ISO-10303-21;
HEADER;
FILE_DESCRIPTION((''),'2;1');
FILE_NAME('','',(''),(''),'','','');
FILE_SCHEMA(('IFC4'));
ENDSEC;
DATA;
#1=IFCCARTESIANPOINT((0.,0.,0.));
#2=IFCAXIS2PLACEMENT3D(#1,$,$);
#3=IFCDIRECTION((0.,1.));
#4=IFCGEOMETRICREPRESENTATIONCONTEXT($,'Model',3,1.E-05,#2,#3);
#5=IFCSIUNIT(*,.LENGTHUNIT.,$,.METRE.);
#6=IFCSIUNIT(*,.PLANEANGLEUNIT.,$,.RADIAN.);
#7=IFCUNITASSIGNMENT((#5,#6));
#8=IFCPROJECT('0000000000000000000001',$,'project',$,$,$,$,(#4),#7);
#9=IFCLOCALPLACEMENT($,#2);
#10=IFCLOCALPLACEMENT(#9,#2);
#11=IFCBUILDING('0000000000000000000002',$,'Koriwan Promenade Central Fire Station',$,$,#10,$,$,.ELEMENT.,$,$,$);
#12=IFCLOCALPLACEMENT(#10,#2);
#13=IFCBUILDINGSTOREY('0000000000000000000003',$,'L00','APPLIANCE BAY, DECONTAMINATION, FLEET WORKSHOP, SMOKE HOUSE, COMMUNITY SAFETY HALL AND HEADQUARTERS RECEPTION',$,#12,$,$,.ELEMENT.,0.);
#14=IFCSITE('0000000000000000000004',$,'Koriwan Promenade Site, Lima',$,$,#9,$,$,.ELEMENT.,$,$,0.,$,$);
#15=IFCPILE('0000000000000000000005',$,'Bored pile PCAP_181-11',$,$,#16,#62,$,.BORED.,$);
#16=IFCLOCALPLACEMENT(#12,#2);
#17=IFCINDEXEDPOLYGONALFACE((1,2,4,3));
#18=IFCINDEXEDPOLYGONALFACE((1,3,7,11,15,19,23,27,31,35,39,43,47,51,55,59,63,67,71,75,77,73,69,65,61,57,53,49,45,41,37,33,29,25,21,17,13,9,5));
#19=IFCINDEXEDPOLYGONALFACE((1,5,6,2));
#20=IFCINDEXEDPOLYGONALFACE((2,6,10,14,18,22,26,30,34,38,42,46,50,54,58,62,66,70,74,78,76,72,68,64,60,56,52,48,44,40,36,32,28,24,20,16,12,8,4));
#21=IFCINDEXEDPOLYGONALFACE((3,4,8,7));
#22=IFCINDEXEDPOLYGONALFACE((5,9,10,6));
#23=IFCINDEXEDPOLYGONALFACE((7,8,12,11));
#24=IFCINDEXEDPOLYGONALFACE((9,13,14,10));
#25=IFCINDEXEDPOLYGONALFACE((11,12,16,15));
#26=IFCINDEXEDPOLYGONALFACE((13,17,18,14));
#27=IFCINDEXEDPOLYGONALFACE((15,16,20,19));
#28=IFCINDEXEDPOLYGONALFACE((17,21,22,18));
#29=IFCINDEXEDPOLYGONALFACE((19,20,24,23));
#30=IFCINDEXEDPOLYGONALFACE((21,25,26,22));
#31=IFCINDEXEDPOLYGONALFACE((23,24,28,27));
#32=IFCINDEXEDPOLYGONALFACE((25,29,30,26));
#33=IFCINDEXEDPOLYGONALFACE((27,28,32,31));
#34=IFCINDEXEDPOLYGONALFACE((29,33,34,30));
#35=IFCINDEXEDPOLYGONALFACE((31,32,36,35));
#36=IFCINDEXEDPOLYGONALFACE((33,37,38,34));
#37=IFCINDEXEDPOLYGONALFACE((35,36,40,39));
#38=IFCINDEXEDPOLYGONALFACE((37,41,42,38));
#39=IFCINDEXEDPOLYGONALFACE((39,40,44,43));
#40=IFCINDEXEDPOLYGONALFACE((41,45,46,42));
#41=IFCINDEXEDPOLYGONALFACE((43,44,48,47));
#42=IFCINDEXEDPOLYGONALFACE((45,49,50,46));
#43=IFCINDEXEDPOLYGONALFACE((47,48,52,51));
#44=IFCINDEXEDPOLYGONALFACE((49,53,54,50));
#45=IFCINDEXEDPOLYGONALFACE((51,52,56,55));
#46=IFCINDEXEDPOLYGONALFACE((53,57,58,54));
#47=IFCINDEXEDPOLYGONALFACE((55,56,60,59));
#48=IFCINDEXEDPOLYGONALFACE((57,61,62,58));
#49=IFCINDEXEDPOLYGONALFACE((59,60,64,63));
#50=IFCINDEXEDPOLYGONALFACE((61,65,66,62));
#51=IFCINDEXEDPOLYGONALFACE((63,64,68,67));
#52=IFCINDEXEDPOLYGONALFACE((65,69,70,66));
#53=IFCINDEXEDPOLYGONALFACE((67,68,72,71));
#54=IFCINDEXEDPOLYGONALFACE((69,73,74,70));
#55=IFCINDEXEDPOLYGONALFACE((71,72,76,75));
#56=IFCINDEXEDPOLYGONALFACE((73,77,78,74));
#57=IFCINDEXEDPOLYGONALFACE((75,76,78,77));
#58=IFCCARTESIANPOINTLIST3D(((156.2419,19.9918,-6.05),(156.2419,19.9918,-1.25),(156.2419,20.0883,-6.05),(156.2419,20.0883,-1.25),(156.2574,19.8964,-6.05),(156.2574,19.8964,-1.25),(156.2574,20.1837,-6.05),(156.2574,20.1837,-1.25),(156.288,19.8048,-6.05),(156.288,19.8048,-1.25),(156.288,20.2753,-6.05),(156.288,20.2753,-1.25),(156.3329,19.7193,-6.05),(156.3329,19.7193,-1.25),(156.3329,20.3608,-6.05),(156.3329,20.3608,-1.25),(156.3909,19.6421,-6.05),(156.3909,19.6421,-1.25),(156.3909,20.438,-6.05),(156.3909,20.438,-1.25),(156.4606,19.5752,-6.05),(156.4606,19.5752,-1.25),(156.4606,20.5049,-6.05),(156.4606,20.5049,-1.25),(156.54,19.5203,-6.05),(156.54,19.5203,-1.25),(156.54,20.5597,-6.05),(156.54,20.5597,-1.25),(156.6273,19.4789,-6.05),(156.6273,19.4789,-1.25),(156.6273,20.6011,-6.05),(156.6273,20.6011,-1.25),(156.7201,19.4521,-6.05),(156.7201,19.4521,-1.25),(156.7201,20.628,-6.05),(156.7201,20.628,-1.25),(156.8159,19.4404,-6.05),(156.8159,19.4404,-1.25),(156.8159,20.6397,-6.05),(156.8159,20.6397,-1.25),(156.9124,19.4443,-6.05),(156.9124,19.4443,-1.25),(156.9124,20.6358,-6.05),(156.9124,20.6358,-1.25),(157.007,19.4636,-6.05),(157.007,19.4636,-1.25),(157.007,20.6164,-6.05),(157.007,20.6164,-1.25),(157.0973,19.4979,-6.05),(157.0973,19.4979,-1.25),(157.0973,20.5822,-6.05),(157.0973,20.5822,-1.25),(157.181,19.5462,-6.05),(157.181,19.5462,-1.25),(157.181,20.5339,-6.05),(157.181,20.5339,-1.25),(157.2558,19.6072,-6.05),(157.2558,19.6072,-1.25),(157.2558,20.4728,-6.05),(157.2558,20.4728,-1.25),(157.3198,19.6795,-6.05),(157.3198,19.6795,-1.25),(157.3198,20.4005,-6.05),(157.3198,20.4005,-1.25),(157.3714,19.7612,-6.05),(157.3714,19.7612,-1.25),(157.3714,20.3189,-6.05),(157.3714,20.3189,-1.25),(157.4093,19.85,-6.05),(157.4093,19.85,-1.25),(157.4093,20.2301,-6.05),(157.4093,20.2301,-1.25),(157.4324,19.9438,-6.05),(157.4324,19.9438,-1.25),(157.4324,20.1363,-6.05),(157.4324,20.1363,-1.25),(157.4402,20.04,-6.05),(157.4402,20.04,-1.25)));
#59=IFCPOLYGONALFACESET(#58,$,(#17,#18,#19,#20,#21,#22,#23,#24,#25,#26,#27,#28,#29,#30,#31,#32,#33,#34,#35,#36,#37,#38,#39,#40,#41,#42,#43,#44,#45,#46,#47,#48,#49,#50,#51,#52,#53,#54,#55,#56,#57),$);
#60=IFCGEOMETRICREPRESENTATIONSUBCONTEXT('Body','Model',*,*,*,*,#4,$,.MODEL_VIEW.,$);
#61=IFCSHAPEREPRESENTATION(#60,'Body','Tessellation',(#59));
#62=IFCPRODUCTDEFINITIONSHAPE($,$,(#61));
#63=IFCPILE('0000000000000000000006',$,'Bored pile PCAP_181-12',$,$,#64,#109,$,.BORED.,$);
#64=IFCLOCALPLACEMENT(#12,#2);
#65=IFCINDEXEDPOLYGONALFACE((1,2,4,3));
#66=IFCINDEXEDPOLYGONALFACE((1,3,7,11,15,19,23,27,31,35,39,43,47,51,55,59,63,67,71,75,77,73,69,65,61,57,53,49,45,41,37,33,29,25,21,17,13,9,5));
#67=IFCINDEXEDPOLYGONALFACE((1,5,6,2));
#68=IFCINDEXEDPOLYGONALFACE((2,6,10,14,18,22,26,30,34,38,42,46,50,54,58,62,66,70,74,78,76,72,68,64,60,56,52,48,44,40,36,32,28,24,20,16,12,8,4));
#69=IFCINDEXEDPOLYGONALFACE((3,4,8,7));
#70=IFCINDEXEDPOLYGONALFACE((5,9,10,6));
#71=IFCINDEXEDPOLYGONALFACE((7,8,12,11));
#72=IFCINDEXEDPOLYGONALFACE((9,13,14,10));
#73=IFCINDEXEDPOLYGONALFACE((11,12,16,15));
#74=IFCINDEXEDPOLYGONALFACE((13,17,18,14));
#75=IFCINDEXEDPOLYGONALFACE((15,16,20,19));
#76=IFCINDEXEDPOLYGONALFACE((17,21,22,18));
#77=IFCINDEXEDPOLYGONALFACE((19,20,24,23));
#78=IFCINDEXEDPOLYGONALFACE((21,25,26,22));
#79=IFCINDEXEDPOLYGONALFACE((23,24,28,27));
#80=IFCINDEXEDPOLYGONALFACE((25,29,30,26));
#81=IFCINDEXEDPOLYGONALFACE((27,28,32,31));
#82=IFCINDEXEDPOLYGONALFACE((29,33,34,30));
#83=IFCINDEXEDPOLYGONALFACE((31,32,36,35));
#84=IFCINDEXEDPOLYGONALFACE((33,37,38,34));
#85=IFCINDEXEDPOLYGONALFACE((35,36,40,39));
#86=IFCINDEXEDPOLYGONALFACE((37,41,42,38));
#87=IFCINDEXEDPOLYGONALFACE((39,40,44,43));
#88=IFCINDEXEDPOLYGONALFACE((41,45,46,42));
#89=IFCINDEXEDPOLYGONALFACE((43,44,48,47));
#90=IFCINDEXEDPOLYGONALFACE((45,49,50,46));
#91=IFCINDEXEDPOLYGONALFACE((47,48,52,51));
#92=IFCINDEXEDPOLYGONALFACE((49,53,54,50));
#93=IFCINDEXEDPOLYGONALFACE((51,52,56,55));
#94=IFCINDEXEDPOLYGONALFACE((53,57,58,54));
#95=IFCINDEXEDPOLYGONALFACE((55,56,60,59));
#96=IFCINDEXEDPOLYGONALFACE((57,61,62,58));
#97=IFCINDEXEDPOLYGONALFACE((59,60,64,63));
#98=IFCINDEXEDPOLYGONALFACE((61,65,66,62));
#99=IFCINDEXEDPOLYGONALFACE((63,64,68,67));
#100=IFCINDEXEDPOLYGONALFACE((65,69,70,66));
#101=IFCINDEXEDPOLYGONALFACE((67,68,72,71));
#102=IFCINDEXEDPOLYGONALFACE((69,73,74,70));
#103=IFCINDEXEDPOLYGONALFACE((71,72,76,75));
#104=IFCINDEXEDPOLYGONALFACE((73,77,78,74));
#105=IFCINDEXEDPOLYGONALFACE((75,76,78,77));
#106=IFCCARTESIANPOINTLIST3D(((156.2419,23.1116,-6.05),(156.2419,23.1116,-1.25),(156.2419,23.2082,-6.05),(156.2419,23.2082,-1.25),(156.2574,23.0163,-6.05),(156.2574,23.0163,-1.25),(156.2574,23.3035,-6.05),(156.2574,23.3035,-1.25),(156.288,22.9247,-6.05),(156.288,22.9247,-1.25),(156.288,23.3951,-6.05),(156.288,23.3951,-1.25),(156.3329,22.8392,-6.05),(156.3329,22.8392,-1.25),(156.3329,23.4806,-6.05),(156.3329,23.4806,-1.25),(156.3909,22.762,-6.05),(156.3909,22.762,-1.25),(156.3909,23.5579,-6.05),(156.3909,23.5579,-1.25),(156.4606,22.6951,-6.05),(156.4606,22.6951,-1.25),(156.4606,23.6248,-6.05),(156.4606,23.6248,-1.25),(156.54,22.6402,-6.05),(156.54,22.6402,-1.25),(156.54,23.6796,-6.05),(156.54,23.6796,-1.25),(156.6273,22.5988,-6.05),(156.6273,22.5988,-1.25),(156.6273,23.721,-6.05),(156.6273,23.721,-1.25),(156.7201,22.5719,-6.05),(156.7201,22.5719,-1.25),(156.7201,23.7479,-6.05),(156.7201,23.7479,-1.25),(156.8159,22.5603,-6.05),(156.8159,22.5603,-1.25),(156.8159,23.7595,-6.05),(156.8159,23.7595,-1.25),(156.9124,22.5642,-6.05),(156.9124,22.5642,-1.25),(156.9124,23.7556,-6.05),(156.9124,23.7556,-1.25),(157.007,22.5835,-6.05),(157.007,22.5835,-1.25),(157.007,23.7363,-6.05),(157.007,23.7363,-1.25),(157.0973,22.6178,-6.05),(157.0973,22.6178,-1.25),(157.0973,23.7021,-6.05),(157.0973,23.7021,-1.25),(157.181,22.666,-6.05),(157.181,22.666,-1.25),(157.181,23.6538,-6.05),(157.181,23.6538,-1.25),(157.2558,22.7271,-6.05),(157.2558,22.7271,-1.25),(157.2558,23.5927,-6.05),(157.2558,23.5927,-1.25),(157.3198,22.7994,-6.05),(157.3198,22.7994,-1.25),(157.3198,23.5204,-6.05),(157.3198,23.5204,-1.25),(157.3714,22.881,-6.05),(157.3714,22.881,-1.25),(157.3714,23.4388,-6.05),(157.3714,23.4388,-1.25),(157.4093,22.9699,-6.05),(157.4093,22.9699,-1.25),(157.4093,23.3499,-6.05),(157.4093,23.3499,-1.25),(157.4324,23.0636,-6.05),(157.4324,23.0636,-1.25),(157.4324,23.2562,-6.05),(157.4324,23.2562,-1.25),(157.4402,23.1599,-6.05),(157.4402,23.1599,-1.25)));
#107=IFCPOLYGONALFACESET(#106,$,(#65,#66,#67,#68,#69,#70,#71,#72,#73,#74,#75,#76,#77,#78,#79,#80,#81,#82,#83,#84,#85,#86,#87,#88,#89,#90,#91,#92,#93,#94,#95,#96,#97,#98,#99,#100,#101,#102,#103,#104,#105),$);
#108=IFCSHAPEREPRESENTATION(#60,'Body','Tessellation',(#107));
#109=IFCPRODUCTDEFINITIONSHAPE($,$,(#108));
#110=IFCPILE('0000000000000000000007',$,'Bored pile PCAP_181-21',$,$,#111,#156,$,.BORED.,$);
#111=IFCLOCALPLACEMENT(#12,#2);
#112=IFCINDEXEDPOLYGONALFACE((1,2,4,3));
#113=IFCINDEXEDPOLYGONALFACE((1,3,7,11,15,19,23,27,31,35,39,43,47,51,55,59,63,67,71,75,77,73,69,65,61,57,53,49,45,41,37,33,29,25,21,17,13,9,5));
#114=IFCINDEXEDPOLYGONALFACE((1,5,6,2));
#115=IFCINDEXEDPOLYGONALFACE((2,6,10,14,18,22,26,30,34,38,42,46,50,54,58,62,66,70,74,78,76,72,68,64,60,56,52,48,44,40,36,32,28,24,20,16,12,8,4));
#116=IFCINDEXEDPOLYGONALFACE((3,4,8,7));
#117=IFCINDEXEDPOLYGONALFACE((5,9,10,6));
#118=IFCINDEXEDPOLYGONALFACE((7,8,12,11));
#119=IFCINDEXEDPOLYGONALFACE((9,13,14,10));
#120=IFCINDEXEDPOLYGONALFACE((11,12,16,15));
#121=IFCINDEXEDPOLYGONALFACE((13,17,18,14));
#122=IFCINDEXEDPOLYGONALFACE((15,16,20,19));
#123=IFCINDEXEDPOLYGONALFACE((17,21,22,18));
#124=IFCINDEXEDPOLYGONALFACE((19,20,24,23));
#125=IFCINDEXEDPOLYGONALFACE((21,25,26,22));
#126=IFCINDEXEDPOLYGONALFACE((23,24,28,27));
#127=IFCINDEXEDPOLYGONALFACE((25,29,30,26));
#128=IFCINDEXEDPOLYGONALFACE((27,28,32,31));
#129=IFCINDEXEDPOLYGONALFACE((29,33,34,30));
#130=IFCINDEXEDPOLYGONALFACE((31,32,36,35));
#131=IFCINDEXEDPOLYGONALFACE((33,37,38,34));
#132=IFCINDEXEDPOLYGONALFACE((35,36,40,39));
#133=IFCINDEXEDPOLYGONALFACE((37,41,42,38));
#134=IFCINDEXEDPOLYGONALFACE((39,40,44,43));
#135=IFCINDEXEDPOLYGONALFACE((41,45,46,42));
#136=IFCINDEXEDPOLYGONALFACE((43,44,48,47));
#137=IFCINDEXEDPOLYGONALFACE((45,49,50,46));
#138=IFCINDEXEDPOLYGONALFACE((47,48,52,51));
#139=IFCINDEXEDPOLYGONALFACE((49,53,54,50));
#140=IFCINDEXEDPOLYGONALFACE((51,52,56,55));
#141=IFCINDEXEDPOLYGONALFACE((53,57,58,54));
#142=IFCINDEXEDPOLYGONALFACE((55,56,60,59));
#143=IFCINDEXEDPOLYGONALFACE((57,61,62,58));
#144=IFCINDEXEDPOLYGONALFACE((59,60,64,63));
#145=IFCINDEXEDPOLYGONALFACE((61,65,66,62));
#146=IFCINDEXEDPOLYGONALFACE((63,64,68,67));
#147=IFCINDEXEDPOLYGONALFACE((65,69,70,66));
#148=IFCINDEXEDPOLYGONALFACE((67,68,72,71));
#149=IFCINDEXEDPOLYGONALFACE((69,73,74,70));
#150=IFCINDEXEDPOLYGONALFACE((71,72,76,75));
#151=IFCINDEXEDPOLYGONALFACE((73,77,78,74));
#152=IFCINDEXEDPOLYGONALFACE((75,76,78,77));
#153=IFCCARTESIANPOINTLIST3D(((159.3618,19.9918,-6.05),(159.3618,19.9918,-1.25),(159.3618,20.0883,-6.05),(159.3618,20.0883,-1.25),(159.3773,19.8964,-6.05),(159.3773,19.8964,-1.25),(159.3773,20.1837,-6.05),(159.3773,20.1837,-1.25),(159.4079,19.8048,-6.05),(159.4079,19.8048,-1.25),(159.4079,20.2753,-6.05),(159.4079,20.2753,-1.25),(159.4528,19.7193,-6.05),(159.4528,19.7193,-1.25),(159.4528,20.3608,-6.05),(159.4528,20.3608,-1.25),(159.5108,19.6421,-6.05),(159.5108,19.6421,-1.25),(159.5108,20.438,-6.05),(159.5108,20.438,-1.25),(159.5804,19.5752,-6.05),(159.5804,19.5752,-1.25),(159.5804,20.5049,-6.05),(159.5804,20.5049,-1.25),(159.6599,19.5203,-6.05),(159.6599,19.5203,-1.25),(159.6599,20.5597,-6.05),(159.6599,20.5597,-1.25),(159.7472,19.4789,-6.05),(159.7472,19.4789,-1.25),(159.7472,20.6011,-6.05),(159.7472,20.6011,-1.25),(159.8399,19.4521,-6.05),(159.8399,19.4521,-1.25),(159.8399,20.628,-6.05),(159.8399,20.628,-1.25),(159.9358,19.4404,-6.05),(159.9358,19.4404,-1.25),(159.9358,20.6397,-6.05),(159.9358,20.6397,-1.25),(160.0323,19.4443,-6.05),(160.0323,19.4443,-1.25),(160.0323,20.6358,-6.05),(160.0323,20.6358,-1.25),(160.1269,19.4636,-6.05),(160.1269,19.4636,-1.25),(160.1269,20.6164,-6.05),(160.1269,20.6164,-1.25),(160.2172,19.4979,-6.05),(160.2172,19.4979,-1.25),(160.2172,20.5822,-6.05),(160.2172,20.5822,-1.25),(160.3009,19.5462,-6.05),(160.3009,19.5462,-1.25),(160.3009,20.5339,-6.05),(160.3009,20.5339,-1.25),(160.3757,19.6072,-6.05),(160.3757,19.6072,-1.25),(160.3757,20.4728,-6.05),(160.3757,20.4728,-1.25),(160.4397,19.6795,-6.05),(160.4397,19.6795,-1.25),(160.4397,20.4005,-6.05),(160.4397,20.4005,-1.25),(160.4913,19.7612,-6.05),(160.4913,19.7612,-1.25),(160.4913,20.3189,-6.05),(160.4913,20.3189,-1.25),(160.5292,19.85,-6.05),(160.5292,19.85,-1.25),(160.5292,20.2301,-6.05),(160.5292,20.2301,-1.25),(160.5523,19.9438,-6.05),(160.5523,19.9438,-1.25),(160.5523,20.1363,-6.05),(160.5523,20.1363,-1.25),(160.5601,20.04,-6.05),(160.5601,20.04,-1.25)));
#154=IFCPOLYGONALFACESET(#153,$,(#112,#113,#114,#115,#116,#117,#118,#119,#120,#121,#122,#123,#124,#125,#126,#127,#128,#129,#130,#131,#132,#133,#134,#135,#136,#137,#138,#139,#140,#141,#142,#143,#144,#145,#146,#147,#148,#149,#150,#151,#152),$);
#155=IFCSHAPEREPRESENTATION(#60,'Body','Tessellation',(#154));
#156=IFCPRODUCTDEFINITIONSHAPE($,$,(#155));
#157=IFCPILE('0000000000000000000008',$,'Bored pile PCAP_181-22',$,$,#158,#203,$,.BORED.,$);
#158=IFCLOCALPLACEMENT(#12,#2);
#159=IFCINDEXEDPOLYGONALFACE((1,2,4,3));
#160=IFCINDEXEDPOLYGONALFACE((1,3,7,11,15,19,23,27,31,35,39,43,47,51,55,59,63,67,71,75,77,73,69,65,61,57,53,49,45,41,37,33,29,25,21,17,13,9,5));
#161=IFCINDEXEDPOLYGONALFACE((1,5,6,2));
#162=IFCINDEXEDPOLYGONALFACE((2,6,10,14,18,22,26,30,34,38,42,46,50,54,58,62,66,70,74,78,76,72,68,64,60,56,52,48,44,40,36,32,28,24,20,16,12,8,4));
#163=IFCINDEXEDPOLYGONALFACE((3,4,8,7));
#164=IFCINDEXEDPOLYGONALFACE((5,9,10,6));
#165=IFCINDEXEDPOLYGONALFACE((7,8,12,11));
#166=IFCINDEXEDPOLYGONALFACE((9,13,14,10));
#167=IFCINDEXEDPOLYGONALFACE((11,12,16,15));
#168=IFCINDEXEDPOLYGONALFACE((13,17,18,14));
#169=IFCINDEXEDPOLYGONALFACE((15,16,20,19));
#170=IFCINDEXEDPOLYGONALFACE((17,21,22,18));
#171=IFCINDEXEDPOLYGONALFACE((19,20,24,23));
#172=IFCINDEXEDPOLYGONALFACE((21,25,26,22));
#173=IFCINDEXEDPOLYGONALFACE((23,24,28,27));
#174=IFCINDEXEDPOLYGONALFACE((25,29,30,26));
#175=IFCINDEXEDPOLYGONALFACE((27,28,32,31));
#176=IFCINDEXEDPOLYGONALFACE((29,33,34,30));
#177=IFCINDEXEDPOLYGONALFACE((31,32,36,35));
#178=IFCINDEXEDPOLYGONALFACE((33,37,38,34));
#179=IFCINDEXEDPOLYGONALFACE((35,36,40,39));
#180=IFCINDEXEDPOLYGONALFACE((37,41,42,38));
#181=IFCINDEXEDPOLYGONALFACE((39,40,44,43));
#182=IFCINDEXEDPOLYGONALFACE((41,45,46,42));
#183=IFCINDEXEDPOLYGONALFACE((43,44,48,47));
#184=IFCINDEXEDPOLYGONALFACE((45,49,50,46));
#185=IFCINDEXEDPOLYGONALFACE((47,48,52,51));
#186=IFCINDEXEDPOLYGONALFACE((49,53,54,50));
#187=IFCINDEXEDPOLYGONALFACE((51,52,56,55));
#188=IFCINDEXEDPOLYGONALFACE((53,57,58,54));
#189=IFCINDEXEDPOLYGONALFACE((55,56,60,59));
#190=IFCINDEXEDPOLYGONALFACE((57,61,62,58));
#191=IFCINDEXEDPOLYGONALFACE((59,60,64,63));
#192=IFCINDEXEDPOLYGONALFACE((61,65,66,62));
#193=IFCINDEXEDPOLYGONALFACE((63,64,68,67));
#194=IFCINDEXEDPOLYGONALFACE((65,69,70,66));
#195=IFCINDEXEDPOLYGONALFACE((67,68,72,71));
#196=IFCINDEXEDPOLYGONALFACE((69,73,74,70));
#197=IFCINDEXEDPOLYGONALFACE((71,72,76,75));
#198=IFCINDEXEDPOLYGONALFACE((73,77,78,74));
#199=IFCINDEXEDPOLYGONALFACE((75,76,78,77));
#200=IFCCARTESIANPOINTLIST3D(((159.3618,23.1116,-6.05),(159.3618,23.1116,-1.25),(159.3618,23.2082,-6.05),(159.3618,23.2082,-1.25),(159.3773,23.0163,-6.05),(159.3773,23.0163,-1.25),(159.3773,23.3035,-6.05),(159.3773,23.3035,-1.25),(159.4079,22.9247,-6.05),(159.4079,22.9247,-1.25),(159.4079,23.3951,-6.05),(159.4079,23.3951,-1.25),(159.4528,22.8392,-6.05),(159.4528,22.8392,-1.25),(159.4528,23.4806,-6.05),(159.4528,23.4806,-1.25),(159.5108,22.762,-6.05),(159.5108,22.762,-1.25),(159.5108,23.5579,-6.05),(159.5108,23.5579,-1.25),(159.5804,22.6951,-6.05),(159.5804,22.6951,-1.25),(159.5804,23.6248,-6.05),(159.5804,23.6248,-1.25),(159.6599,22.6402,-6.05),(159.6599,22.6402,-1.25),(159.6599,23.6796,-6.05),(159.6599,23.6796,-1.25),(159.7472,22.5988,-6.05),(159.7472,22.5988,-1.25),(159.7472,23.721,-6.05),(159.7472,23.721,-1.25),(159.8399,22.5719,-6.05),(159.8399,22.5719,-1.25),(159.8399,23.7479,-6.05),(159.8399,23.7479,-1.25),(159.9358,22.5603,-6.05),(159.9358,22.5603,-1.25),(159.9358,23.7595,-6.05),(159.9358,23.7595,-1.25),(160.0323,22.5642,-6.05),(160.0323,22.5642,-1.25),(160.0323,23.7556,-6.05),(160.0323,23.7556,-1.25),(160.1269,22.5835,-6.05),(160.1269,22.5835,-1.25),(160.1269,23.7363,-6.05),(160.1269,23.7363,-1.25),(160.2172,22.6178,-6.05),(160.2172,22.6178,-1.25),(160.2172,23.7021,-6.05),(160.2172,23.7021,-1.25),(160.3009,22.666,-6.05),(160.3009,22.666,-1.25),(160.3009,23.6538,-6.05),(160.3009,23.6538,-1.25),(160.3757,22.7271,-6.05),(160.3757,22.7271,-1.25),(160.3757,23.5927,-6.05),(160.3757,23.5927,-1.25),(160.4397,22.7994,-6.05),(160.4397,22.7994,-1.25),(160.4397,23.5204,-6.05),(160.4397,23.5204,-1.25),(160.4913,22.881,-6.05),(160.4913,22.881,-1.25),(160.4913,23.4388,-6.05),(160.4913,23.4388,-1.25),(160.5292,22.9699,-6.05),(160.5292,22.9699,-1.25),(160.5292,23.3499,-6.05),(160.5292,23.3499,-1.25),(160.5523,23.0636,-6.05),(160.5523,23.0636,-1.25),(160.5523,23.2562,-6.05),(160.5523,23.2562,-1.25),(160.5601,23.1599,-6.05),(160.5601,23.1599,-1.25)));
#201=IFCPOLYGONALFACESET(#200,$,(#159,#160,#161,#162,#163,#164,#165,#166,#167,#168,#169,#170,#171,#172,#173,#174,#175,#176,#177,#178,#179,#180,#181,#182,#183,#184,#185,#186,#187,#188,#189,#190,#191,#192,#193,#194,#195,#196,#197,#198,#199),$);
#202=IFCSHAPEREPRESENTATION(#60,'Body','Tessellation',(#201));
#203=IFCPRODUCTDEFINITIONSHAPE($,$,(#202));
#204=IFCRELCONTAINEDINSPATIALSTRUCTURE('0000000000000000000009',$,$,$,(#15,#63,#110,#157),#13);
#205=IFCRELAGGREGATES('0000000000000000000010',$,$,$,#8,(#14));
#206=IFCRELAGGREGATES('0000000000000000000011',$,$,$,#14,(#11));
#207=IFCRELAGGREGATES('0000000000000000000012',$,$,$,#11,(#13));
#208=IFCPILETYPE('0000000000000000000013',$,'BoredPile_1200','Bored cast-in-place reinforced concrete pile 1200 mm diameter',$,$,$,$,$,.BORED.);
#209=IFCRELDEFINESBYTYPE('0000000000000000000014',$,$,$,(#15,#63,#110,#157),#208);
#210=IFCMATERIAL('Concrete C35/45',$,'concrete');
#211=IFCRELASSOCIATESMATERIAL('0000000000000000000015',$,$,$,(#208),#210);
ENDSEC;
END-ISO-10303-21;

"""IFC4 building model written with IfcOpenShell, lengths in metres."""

from ifc_helpers import new_model, si_unit, direction, frame, origin, origin_2d, place, context, subcontext, project, spatial, circle, extrude, material, material_profile, profile_set, type_object, element, save


model = new_model("IFC4")

# Units and contexts
model_context = context("Model", 3, precision=1e-05, world=origin(), true_north=direction((0.0, 1.0)))
body_context = subcontext(model_context, "Body", "Model", "MODEL_VIEW")
ifc_project = project(units=[si_unit("LENGTHUNIT", "METRE"), si_unit("PLANEANGLEUNIT", "RADIAN")], contexts=[model_context])

# Site, building, storey
site_placement = place(None, origin())
site = spatial("IfcSite", under=ifc_project, at=site_placement, Name="Koriwan Promenade Site, Lima", CompositionType="ELEMENT", RefElevation=0.0)
building_placement = place(site_placement, origin())
building = spatial("IfcBuilding", under=site, at=building_placement, Name="Koriwan Promenade Central Fire Station", CompositionType="ELEMENT")
storey_placement = place(building_placement, origin())
storey = spatial("IfcBuildingStorey", under=building, at=storey_placement, Name="L00", Description="APPLIANCE BAY, DECONTAMINATION, FLEET WORKSHOP, SMOKE HOUSE, COMMUNITY SAFETY HALL AND HEADQUARTERS RECEPTION", CompositionType="ELEMENT", Elevation=0.0)

# Piles
ifc_material_1 = material(Name="Concrete C35/45", Category="concrete")
ifc_material_profile_1 = material_profile(ifc_material_1, circle(Radius=0.6001, at=origin_2d()), Name="PILE-D1200")
ifc_profile_set_1 = profile_set([ifc_material_profile_1], Name="Concrete C35/45")
pile_type = type_object("IfcPileType", Name="BoredPile_1200", Description="Bored cast-in-place reinforced concrete pile 1200 mm diameter", PredefinedType="BORED", material=ifc_profile_set_1)
for number, where, z_axis, x_axis, name in (
    (1, (156.8401, 20.04, -1.25), (0.0, 0.0, -1.0), (1.0, 0.0, 0.0), "Bored pile PCAP_181-11"),
    (2, (156.8401, 23.1599, -1.25), (0.0, 0.0, -1.0), (1.0, 0.0, 0.0), "Bored pile PCAP_181-12"),
    (3, (159.96, 20.04, -1.25), (0.0, 0.0, -1.0), (1.0, 0.0, 0.0), "Bored pile PCAP_181-21"),
    (4, (159.96, 23.1599, -1.25), (0.0, 0.0, -1.0), (1.0, 0.0, 0.0), "Bored pile PCAP_181-22"),
):
    element("IfcPile", number, at=place(storey_placement, frame(where, z_axis=z_axis, x_axis=x_axis)), inside=storey, type_object=pile_type, Name=name, PredefinedType="BORED", context=body_context, shape_type="SweptSolid", body=[
        extrude(circle(Radius=0.6001, at=origin_2d()), origin(), (0.0, 0.0, 1.0), 4.8),
    ])

save(model, "model.ifc")
